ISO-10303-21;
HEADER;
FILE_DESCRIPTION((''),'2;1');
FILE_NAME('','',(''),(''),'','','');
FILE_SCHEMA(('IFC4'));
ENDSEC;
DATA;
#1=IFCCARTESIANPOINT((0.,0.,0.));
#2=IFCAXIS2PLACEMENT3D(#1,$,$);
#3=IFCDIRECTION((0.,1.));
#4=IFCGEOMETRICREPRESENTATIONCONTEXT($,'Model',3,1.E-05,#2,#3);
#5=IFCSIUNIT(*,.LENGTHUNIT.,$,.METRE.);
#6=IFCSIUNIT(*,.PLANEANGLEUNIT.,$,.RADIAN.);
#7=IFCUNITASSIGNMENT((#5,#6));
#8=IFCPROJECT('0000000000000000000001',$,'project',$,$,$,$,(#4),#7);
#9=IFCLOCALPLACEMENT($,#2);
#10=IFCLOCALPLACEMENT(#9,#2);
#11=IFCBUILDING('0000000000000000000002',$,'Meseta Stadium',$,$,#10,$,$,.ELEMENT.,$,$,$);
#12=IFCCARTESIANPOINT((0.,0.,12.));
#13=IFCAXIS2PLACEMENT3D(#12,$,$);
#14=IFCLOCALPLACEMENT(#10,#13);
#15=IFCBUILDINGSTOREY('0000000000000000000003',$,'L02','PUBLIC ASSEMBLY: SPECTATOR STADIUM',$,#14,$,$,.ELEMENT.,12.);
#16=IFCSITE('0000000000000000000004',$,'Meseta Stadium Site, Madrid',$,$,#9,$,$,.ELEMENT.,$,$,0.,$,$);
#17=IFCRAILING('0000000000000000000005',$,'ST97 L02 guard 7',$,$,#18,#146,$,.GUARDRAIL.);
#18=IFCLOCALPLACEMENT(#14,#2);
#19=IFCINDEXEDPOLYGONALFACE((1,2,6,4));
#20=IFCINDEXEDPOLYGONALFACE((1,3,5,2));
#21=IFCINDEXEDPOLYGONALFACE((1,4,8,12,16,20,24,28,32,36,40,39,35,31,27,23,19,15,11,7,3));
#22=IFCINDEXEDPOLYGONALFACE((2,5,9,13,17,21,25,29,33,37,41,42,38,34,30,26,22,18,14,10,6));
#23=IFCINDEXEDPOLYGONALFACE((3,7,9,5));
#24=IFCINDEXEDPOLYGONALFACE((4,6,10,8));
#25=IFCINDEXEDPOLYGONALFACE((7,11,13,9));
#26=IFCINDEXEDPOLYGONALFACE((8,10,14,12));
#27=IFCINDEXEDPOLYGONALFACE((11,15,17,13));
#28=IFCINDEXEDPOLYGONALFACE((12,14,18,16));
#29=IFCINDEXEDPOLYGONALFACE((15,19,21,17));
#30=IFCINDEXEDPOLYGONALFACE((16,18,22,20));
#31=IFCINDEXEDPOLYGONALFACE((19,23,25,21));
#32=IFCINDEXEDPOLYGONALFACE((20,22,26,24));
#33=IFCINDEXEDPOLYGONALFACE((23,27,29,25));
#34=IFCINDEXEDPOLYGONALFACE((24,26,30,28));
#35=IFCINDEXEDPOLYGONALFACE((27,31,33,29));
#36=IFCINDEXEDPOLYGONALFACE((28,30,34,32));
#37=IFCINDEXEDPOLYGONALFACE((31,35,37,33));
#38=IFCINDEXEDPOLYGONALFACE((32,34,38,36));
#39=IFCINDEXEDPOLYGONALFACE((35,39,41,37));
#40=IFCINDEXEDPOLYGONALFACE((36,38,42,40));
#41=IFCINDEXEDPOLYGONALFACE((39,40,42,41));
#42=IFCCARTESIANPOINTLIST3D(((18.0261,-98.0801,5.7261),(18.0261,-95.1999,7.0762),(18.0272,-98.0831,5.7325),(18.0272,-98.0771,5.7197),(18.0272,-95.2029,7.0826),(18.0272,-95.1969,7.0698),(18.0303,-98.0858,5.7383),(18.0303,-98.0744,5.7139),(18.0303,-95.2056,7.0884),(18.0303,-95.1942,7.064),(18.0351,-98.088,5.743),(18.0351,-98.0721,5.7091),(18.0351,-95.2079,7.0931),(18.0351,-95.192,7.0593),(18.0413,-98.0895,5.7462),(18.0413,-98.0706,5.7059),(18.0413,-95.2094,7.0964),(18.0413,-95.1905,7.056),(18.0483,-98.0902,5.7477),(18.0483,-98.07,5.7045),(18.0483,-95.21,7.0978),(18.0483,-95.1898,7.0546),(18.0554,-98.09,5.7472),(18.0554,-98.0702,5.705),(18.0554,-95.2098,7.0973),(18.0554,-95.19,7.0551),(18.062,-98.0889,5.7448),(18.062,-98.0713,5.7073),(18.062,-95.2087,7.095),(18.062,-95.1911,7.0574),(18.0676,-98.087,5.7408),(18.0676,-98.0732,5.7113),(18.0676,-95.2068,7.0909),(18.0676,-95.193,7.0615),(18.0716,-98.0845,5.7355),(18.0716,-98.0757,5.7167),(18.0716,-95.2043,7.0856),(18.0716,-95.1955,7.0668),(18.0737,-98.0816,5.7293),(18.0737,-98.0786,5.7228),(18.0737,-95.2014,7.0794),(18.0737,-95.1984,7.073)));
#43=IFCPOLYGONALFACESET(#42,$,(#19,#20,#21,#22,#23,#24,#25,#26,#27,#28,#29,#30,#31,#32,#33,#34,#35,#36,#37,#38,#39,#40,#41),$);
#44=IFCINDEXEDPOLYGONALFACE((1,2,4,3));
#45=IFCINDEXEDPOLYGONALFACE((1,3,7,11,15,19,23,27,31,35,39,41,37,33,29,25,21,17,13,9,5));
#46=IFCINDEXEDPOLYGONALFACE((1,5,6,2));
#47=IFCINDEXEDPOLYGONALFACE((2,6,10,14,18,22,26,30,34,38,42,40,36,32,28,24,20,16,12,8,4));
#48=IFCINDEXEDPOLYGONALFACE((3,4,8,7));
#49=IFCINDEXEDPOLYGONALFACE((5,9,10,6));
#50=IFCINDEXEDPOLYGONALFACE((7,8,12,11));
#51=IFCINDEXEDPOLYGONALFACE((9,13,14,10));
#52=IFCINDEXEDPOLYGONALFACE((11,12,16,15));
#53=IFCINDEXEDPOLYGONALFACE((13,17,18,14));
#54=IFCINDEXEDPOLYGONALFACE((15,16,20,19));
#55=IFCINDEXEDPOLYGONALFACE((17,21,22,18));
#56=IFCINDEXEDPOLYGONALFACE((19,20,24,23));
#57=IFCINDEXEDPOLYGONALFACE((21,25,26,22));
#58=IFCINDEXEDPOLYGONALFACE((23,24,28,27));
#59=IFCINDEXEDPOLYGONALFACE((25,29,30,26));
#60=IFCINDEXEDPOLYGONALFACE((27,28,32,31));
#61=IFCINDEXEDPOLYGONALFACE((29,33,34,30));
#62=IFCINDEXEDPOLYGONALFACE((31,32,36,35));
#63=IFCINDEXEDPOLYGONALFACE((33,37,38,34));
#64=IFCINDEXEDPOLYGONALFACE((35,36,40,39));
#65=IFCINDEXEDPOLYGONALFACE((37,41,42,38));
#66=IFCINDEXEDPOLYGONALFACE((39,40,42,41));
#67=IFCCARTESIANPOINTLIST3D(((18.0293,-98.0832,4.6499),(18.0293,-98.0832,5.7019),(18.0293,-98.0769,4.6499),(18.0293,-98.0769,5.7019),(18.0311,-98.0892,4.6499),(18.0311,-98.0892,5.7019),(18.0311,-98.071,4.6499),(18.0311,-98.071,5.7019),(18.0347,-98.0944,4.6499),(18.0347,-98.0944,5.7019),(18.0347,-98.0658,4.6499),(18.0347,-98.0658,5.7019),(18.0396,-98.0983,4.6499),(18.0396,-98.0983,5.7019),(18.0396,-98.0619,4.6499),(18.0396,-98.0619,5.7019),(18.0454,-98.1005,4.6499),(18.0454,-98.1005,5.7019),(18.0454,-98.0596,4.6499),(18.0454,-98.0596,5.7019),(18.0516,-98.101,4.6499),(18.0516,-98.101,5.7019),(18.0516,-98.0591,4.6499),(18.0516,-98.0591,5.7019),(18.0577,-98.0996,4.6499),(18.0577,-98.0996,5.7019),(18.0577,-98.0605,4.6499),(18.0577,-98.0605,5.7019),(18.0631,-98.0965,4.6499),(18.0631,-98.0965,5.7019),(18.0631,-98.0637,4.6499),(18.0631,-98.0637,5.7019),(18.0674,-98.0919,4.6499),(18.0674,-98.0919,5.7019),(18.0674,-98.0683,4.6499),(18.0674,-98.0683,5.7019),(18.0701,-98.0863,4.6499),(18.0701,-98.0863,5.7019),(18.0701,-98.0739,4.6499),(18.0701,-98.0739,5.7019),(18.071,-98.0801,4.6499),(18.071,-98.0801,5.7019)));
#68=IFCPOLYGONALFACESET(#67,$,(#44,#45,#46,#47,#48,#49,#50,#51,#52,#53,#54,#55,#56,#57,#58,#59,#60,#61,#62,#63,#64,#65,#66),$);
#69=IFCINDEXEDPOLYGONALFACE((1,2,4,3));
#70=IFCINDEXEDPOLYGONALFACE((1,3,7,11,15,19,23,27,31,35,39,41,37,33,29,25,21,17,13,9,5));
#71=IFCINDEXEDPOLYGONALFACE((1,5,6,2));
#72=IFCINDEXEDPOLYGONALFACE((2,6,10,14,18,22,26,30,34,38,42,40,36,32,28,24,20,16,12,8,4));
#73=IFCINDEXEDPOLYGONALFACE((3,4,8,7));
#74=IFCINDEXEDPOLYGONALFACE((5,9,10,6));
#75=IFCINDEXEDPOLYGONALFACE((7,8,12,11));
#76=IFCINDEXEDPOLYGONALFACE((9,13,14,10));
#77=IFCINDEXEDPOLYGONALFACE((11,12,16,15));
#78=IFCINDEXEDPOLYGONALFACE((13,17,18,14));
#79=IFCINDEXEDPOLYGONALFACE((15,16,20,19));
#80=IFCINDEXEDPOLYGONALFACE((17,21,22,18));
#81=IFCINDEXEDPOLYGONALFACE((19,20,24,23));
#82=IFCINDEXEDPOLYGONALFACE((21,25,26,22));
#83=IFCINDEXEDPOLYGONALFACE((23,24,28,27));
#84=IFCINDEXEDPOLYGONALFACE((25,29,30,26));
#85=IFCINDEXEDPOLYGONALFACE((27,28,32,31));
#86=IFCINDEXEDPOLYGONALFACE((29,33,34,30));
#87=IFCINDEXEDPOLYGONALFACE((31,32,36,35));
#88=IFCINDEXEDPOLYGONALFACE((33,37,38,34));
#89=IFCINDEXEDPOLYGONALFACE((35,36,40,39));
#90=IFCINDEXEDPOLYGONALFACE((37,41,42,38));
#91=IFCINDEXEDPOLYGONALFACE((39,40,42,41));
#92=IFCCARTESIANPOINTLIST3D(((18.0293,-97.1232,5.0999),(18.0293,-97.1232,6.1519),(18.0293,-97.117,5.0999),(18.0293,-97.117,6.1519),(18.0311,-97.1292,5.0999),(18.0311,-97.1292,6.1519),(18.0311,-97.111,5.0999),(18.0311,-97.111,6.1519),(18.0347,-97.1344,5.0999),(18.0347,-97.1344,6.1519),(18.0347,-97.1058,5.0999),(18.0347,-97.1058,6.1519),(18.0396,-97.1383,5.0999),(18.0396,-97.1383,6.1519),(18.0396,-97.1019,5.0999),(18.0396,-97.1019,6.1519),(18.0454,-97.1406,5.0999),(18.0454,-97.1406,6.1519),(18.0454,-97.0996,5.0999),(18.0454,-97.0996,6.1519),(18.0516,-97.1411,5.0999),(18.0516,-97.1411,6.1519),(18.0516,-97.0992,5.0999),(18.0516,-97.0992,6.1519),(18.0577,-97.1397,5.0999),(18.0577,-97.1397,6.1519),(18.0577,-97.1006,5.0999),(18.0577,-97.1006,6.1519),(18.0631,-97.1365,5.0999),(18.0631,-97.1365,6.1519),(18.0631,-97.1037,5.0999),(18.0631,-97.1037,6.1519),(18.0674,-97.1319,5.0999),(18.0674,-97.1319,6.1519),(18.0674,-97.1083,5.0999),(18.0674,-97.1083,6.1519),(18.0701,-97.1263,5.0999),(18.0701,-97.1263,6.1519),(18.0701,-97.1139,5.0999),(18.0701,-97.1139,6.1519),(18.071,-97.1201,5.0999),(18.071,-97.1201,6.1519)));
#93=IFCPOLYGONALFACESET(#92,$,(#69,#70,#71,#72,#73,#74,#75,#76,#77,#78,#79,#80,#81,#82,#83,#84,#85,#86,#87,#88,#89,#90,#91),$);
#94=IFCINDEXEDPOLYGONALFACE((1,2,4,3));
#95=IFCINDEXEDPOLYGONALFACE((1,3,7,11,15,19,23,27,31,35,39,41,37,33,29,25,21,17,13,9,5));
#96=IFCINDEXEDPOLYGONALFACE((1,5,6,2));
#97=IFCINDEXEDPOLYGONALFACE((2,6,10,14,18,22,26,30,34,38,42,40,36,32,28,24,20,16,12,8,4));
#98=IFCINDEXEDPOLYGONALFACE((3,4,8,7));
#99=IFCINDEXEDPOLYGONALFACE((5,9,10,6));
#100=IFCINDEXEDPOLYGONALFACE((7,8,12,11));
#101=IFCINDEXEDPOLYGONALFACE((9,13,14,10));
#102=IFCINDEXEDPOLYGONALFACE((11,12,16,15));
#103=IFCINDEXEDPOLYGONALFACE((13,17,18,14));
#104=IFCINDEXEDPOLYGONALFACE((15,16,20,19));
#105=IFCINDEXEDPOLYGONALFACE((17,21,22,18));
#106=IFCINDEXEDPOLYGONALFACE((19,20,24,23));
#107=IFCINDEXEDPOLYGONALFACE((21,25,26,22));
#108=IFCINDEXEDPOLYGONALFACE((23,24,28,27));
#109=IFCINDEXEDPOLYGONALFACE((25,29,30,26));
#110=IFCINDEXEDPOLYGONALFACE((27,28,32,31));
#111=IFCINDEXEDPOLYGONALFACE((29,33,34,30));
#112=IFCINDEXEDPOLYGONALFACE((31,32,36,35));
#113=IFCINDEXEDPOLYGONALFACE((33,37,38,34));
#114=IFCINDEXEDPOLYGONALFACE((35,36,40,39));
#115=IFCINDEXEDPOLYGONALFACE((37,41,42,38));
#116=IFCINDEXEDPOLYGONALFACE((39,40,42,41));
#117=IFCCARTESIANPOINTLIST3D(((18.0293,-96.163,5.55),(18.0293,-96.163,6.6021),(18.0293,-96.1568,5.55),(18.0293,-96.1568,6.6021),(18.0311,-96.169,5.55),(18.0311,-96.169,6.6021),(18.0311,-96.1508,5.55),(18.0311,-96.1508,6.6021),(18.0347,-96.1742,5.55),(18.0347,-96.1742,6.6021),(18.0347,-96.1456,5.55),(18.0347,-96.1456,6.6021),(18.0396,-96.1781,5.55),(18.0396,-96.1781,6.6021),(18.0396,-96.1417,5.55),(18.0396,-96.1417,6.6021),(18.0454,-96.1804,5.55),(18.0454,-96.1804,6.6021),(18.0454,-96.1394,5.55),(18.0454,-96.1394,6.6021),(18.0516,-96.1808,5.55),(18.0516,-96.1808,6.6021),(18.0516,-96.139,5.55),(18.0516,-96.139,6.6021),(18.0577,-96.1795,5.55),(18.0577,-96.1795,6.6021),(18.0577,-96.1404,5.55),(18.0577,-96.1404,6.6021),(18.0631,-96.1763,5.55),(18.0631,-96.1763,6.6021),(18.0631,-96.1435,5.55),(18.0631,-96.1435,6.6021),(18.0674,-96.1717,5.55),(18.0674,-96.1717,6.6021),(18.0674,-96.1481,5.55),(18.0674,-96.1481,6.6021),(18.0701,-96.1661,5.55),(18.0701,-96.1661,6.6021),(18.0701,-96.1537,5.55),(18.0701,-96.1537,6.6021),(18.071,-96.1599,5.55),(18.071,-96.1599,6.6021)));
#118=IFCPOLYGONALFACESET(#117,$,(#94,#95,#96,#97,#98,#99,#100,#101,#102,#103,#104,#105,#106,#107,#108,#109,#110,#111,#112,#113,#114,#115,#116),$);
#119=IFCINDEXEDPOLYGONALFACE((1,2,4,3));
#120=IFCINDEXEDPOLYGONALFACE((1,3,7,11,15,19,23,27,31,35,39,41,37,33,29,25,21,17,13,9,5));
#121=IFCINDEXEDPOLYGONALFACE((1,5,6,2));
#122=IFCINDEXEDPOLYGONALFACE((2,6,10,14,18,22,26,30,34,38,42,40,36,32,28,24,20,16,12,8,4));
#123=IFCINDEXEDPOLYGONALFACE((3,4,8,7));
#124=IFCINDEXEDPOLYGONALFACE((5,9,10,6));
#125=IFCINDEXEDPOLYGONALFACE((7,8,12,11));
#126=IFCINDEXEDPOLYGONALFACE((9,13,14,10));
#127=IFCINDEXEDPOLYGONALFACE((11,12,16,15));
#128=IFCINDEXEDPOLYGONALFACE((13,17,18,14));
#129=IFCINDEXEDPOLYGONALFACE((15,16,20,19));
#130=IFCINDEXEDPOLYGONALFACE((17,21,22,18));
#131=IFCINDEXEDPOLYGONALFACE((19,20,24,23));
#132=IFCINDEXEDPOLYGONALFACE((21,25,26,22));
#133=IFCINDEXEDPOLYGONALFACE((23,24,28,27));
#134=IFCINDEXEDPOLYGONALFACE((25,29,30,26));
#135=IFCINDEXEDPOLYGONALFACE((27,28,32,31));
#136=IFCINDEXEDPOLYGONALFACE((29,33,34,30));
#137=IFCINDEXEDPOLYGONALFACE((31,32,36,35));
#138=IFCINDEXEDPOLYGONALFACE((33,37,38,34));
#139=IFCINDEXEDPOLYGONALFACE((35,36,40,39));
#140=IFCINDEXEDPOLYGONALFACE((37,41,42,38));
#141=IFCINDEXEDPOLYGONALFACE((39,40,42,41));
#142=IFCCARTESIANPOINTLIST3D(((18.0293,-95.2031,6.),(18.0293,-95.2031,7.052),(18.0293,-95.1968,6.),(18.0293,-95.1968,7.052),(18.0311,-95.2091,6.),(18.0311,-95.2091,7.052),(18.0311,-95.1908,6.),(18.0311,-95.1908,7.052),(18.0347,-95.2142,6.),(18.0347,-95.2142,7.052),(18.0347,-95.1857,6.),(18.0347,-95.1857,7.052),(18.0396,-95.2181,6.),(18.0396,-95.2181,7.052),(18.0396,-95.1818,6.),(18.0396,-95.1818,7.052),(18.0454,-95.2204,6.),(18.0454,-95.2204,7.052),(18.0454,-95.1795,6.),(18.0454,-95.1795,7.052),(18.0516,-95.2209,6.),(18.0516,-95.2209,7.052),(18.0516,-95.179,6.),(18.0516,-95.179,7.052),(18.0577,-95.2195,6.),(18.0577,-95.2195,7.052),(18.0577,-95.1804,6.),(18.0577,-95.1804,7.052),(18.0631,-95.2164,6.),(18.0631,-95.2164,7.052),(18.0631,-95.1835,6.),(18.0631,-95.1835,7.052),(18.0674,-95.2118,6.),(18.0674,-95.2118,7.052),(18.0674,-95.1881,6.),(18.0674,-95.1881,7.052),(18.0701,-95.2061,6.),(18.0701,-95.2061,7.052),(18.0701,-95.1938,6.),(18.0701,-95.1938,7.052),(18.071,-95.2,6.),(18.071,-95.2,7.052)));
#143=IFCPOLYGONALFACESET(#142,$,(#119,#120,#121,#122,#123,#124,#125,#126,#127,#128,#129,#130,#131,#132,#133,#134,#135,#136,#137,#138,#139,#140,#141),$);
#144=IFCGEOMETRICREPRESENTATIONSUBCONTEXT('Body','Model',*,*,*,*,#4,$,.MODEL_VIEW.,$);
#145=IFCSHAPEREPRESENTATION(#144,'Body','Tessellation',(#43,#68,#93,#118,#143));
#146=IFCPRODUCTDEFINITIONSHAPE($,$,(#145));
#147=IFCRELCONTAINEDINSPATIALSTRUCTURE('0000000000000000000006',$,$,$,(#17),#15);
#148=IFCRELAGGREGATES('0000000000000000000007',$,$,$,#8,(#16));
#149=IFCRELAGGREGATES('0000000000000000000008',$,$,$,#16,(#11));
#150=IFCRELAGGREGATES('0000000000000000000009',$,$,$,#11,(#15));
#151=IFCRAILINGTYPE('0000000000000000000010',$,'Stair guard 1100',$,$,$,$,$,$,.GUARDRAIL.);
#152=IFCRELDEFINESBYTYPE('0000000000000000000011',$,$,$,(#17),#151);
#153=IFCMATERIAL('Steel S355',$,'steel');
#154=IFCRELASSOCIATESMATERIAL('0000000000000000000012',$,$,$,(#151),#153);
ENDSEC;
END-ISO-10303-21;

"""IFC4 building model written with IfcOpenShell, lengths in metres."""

from ifc_helpers import new_model, si_unit, direction, frame, origin, origin_2d, place, context, subcontext, project, spatial, circle, extrude, material, type_object, element, save


model = new_model("IFC4")

# Units and contexts
model_context = context("Model", 3, precision=1e-05, world=origin(), true_north=direction((0.0, 1.0)))
body_context = subcontext(model_context, "Body", "Model", "MODEL_VIEW")
ifc_project = project(units=[si_unit("LENGTHUNIT", "METRE"), si_unit("PLANEANGLEUNIT", "RADIAN")], contexts=[model_context])

# Site, building, storey
site_placement = place(None, origin())
site = spatial("IfcSite", under=ifc_project, at=site_placement, Name="Meseta Stadium Site, Madrid", CompositionType="ELEMENT", RefElevation=0.0)
building_placement = place(site_placement, origin())
building = spatial("IfcBuilding", under=site, at=building_placement, Name="Meseta Stadium", CompositionType="ELEMENT")
storey_placement = place(building_placement, frame((0.0, 0.0, 12.0)))
storey = spatial("IfcBuildingStorey", under=building, at=storey_placement, Name="L02", Description="PUBLIC ASSEMBLY: SPECTATOR STADIUM", CompositionType="ELEMENT", Elevation=12.0)

# Railing
ifc_material_1 = material(Name="Steel S355", Category="steel")
railing_type_1 = type_object("IfcRailingType", Name="Stair guard 1100", PredefinedType="GUARDRAIL", material=ifc_material_1)
railing_1_placement = place(storey_placement, frame((18.05, -98.0801, 4.6499)))
element("IfcRailing", 1, at=railing_1_placement, inside=storey, type_object=railing_type_1, Name="ST97 L02 guard 7", PredefinedType="GUARDRAIL", context=body_context, shape_type="SweptSolid", body=[
    extrude(circle(Radius=0.0239, at=origin_2d()), frame((0.0, 0.0, 1.0762), z_axis=(0.0, 0.905454, 0.424444), x_axis=(-1.0, 0.0, 0.0)), (0.0, 0.0, 1.0), 3.1809),
    extrude(circle(Radius=0.021, at=origin_2d()), origin(), (0.0, 0.0, 1.0), 1.052),
    extrude(circle(Radius=0.021, at=origin_2d()), frame((0.0, 0.96, 0.45)), (0.0, 0.0, 1.0), 1.052),
    extrude(circle(Radius=0.021, at=origin_2d()), frame((0.0, 1.9202, 0.9001)), (0.0, 0.0, 1.0), 1.052),
    extrude(circle(Radius=0.021, at=origin_2d()), frame((0.0, 2.8801, 1.3501)), (0.0, 0.0, 1.0), 1.052),
])

save(model, "model.ifc")
